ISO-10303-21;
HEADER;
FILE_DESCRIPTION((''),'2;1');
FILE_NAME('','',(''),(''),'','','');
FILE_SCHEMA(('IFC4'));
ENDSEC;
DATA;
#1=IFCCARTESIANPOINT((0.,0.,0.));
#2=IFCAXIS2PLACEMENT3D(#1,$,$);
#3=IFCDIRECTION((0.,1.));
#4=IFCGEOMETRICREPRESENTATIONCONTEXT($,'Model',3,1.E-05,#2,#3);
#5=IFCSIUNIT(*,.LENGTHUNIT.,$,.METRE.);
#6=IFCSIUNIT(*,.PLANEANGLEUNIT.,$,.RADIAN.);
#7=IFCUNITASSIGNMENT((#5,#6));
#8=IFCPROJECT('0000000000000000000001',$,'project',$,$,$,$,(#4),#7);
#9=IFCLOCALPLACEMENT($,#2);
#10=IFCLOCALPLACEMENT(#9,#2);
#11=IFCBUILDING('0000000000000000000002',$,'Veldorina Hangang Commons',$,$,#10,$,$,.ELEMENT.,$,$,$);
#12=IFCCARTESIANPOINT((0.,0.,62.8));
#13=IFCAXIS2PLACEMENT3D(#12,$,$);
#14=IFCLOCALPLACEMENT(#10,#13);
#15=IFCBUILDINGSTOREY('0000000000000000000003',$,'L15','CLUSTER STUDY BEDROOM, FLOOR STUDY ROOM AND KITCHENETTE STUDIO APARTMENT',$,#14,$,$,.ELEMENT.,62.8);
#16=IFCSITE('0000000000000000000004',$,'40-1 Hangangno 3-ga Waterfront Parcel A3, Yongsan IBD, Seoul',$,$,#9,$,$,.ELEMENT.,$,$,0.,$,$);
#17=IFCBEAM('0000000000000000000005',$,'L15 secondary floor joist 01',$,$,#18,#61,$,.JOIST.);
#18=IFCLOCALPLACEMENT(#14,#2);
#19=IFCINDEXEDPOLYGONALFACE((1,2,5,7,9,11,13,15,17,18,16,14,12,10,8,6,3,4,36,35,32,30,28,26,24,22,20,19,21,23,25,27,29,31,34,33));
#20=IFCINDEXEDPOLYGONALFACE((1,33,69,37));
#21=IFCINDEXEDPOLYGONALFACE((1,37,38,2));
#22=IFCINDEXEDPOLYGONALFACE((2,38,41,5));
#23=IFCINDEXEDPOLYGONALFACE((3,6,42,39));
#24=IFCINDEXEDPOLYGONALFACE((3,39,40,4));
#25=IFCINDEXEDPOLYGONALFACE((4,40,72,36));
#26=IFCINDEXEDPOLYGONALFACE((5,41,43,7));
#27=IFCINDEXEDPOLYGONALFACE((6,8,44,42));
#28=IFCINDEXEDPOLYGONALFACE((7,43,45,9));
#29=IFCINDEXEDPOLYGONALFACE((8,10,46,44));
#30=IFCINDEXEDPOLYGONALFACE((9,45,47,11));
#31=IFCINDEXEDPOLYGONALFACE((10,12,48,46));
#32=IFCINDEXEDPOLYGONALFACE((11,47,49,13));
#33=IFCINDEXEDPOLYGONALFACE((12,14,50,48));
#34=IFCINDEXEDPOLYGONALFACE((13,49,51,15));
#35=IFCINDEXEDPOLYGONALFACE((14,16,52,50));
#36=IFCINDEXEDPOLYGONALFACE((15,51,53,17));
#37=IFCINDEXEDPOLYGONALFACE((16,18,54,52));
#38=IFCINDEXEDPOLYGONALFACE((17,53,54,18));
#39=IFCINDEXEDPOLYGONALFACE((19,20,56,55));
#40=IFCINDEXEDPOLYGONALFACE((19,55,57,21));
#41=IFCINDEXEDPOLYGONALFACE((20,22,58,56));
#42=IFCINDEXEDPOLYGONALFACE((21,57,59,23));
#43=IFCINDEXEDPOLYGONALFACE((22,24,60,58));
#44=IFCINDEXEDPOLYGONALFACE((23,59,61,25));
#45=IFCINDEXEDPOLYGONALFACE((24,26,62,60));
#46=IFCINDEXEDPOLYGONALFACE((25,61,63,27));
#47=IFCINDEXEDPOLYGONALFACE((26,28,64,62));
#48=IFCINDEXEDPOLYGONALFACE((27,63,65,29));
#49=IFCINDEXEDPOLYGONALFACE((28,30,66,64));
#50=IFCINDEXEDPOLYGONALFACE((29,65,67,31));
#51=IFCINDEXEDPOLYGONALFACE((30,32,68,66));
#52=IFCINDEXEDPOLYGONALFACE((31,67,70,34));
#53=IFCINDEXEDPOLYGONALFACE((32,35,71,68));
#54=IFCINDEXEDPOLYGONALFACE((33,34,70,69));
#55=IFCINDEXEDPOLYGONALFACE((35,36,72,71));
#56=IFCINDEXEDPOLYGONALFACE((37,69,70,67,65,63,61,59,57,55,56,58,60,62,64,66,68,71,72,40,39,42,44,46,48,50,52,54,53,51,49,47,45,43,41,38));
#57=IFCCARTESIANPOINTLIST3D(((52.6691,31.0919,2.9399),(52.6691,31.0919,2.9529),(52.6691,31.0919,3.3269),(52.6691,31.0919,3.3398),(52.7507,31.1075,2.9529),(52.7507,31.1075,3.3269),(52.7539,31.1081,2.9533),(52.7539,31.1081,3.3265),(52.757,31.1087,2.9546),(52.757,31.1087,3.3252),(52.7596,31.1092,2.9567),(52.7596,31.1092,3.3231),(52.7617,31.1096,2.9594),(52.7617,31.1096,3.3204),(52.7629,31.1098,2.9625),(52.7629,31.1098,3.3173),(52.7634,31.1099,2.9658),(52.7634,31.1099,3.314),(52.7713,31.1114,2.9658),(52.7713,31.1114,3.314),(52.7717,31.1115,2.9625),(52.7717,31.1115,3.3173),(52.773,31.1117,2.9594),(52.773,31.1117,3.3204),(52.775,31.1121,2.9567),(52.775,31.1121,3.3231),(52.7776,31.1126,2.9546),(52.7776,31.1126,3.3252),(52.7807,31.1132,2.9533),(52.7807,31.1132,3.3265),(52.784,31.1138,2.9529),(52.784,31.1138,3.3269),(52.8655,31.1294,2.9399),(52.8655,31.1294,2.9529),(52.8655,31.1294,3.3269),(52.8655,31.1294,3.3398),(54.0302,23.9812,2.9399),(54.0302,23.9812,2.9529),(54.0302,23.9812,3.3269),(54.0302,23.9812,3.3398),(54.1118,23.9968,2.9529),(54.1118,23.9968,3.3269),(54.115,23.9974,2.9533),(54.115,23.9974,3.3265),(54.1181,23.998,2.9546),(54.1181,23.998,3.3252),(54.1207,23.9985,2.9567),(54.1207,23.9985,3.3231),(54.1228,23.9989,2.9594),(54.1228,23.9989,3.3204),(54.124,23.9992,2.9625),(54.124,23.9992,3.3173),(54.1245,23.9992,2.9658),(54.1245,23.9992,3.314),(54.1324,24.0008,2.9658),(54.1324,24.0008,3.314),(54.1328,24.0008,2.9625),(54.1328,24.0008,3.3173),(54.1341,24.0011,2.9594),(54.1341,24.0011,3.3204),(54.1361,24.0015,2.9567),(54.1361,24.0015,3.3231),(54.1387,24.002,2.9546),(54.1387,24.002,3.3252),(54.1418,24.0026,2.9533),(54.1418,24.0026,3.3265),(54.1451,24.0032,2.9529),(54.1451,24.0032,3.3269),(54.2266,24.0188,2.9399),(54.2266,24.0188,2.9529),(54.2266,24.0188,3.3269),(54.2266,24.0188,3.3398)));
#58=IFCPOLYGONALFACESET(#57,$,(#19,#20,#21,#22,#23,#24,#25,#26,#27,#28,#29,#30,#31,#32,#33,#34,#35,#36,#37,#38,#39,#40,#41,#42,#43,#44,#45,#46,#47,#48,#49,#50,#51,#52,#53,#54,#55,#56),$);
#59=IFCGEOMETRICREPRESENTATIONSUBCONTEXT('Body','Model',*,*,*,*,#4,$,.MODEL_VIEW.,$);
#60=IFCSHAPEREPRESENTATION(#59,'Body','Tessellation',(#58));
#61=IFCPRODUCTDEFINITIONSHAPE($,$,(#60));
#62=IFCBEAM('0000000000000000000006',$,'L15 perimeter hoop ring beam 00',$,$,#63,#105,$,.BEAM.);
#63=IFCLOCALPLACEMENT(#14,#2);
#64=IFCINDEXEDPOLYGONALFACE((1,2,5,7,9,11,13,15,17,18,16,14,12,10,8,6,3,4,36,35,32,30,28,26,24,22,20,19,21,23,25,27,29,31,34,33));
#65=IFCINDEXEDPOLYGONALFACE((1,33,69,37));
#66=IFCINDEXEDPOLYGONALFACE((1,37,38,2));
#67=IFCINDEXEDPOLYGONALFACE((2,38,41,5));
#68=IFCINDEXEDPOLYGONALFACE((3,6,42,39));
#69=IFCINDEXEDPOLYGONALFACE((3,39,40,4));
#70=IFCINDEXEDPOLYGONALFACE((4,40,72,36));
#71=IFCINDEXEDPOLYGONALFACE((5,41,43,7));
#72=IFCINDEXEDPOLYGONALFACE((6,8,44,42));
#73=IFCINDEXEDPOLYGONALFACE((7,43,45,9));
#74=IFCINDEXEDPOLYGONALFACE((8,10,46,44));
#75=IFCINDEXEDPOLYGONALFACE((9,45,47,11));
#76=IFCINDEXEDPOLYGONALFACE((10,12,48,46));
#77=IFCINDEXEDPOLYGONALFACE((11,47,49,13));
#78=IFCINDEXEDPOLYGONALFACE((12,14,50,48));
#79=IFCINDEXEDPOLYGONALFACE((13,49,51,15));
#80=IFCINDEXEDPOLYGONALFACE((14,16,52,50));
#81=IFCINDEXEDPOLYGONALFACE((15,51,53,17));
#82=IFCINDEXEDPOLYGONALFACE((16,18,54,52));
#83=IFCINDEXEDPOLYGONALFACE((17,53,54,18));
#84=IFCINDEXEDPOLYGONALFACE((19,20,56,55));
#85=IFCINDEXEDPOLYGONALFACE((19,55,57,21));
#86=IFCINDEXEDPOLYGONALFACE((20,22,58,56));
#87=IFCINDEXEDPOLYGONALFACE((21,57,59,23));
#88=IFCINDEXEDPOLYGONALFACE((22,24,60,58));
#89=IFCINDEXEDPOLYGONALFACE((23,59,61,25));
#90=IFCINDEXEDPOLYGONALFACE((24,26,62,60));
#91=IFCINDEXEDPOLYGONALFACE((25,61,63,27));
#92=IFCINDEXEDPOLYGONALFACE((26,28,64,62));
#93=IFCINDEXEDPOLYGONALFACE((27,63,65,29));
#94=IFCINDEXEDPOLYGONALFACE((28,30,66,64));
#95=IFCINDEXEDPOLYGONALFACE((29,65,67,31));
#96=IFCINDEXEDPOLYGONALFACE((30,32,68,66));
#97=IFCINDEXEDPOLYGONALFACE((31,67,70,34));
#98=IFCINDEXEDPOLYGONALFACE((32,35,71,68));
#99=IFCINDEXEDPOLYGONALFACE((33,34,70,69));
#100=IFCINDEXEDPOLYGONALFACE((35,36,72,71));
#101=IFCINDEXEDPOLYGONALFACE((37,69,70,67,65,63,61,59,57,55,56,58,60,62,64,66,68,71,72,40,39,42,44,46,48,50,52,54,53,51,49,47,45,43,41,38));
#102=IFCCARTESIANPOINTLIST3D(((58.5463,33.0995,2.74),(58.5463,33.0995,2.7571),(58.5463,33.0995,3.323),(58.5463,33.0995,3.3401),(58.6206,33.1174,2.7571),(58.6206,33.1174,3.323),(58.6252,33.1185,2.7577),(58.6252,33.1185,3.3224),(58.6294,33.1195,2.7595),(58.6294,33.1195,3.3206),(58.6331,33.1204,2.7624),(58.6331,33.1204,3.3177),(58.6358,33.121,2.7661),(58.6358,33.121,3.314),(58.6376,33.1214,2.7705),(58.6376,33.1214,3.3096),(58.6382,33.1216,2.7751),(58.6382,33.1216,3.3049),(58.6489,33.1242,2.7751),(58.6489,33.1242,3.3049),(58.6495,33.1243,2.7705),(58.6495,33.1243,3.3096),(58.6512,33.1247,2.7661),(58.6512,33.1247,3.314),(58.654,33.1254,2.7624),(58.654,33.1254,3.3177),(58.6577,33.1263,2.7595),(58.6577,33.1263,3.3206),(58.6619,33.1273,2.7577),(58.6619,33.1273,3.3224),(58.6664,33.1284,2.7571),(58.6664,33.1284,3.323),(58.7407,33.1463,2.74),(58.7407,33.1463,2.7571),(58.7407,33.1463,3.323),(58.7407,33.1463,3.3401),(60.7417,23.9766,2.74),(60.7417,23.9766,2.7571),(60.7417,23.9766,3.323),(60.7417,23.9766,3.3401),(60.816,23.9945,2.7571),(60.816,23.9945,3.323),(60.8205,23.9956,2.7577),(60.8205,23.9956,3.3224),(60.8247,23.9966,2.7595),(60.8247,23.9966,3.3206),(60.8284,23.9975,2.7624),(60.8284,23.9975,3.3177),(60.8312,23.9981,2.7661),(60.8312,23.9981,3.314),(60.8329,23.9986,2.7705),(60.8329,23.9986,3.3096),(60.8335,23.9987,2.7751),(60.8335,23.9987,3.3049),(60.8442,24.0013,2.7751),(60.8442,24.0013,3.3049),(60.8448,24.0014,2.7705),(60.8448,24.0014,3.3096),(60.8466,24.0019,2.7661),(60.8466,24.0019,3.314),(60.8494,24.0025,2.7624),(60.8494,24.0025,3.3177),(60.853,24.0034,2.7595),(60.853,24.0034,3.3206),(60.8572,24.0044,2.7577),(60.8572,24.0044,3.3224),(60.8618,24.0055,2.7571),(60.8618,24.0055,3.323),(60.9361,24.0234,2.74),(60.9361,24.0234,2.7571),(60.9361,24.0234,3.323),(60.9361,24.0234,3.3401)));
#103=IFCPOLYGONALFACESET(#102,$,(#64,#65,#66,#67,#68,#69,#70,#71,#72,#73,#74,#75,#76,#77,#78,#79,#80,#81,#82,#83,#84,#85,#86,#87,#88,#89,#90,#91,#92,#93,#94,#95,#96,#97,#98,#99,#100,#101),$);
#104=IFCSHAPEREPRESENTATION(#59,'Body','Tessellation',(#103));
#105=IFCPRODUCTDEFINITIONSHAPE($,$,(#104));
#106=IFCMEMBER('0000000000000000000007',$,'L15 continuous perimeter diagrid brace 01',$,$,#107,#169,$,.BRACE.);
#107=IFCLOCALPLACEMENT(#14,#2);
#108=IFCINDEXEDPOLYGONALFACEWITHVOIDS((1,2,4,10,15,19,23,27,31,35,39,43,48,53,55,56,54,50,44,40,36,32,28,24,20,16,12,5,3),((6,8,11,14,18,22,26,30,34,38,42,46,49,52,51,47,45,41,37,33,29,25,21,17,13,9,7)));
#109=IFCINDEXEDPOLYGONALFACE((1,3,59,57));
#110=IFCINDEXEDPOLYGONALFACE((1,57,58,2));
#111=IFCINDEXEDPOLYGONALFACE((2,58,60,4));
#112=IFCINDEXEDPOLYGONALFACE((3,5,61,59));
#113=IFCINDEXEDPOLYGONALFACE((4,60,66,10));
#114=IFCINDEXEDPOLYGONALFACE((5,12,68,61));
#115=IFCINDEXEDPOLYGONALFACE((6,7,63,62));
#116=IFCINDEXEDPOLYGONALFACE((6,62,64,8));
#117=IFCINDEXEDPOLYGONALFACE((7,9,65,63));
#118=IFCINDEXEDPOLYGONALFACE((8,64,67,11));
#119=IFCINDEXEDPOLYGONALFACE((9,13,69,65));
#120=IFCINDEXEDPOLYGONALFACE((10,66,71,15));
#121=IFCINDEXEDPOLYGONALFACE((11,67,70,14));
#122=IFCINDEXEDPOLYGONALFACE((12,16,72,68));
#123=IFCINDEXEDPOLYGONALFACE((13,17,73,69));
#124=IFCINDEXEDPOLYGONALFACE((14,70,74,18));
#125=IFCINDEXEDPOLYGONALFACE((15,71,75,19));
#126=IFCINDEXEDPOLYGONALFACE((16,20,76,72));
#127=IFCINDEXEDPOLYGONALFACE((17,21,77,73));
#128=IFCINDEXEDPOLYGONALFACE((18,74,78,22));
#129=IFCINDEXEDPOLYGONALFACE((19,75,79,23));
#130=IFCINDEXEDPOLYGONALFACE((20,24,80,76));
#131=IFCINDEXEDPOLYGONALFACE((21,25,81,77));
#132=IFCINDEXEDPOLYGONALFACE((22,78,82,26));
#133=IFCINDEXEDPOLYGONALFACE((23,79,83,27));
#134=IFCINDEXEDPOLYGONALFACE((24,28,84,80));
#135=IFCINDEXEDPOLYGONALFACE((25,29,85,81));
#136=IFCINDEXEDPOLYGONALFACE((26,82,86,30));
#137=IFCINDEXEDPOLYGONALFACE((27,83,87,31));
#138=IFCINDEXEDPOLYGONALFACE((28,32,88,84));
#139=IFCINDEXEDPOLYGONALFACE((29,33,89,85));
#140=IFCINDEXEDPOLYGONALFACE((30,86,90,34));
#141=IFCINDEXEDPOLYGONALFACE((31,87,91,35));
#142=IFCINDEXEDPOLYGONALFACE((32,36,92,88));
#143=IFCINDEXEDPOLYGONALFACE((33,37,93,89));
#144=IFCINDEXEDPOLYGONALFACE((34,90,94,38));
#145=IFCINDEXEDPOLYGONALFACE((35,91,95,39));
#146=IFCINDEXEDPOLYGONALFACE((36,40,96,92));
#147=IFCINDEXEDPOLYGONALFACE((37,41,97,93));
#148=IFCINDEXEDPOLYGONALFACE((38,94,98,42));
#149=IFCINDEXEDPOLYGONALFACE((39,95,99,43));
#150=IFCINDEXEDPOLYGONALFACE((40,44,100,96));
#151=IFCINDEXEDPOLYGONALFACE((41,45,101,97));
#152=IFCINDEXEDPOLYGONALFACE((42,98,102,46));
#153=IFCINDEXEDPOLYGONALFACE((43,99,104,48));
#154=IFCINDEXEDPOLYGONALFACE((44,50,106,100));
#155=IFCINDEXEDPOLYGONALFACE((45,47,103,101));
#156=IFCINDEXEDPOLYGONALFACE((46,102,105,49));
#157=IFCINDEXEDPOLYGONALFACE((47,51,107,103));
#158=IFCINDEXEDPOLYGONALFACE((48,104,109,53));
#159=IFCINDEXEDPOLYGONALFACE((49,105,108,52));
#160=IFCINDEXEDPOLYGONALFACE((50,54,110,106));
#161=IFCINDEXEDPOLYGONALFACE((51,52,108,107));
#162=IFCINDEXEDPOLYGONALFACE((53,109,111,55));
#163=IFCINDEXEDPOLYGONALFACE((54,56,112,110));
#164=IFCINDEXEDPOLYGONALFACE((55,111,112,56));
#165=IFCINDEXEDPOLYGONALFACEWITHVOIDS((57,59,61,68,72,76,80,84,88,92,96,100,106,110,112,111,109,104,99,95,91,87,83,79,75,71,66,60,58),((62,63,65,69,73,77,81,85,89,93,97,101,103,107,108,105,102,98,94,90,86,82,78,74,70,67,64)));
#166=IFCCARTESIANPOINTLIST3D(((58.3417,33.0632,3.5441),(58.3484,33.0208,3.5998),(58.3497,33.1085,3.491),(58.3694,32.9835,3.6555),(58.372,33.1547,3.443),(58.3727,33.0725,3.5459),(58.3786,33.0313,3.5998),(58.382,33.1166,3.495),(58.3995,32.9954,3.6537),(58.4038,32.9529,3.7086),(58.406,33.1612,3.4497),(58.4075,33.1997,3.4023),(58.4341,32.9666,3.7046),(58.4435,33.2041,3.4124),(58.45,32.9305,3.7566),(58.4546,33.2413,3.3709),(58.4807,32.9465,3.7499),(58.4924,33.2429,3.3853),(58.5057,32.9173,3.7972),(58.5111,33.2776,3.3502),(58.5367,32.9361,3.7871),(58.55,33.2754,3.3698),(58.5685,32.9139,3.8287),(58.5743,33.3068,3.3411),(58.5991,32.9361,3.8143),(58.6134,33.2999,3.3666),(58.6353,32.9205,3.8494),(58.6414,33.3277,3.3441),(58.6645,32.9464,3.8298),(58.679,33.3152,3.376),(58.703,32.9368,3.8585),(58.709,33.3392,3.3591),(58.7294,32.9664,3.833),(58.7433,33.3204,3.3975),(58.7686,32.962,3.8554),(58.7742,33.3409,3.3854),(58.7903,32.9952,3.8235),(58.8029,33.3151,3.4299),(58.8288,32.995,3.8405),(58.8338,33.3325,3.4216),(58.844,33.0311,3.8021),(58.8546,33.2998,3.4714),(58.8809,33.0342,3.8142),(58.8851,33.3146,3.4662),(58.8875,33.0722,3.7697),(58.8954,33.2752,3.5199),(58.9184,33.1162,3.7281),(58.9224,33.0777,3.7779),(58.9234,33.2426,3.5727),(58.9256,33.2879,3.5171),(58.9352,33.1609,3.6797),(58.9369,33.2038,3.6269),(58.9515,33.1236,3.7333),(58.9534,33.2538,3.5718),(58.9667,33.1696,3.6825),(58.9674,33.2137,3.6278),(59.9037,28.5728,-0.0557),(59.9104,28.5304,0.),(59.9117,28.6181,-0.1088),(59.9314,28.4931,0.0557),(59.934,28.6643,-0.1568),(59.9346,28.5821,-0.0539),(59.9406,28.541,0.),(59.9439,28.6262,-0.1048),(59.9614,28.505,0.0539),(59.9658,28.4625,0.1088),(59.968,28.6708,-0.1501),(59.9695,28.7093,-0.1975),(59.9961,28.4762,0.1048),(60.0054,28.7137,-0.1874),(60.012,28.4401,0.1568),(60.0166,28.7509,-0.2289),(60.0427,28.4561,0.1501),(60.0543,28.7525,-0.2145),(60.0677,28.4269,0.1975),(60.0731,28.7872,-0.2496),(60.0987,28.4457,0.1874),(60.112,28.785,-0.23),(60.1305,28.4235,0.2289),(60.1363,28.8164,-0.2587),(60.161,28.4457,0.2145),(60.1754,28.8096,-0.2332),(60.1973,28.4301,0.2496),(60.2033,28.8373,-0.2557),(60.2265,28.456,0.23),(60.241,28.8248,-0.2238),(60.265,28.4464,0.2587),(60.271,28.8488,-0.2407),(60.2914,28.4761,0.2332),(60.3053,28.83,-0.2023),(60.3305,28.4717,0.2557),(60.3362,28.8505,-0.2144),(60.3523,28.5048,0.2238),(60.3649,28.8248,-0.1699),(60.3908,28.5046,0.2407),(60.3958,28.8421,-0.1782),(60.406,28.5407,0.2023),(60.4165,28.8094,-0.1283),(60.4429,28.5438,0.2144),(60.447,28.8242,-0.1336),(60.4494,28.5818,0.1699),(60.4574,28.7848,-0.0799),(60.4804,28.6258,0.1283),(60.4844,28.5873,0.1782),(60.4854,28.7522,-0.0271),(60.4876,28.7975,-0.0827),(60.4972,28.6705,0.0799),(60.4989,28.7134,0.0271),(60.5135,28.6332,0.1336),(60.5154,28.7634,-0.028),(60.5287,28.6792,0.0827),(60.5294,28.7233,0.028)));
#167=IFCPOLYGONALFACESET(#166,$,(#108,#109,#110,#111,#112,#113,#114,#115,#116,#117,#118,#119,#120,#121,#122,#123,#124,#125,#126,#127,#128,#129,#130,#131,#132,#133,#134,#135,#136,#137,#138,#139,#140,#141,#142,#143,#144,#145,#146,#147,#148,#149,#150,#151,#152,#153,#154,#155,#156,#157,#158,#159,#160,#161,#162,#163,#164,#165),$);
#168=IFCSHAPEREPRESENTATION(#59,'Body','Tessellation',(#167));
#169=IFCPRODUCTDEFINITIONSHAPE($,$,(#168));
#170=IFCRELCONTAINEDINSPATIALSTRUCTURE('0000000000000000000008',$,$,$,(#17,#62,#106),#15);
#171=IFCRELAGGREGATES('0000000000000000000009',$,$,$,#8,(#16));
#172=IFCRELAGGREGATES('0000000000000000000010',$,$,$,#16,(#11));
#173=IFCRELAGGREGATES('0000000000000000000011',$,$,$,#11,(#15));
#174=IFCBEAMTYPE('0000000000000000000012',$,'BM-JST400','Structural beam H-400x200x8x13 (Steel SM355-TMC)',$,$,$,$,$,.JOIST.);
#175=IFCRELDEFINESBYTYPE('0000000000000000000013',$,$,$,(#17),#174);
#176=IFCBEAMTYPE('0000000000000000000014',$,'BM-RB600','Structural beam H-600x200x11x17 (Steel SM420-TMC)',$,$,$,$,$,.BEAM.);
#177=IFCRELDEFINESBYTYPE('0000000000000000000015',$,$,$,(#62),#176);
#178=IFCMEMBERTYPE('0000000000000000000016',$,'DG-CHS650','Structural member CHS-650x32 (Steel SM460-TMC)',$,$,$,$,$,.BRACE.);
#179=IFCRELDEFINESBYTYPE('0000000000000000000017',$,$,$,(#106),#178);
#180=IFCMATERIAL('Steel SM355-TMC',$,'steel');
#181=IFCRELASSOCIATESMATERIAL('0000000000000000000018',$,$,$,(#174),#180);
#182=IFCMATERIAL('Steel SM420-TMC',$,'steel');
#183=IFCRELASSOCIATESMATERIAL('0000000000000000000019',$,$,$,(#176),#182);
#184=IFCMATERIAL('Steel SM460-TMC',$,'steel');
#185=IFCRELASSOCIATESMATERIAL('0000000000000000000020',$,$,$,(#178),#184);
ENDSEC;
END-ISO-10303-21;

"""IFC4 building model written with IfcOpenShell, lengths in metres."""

from ifc_helpers import new_model, si_unit, direction, frame, origin, origin_2d, place, context, subcontext, project, spatial, hollow_circle, i_section, extrude, material, material_profile, profile_set, type_object, element, save


model = new_model("IFC4")

# Units and contexts
model_context = context("Model", 3, precision=1e-05, world=origin(), true_north=direction((0.0, 1.0)))
body_context = subcontext(model_context, "Body", "Model", "MODEL_VIEW")
ifc_project = project(units=[si_unit("LENGTHUNIT", "METRE"), si_unit("PLANEANGLEUNIT", "RADIAN")], contexts=[model_context])

# Site, building, storey
site_placement = place(None, origin())
site = spatial("IfcSite", under=ifc_project, at=site_placement, Name="40-1 Hangangno 3-ga Waterfront Parcel A3, Yongsan IBD, Seoul", CompositionType="ELEMENT", RefElevation=0.0)
building_placement = place(site_placement, origin())
building = spatial("IfcBuilding", under=site, at=building_placement, Name="Veldorina Hangang Commons", CompositionType="ELEMENT")
storey_placement = place(building_placement, frame((0.0, 0.0, 62.8)))
storey = spatial("IfcBuildingStorey", under=building, at=storey_placement, Name="L15", Description="CLUSTER STUDY BEDROOM, FLOOR STUDY ROOM AND KITCHENETTE STUDIO APARTMENT", CompositionType="ELEMENT", Elevation=62.8)

# Beams
ifc_material_1 = material(Name="Steel SM355-TMC", Category="steel")
ifc_material_profile_1 = material_profile(ifc_material_1, i_section(OverallWidth=0.2, OverallDepth=0.3999, WebThickness=0.0081, FlangeThickness=0.0129, FilletRadius=0.0129, at=origin_2d()), Name="H-400x200x8x13")
ifc_profile_set_1 = profile_set([ifc_material_profile_1], Name="Steel SM355-TMC")
beam_type_1 = type_object("IfcBeamType", Name="BM-JST400", Description="Structural beam H-400x200x8x13 (Steel SM355-TMC)", PredefinedType="JOIST", material=ifc_profile_set_1)
beam_1_placement = place(storey_placement, frame((54.1284, 24.0, 3.1399), z_axis=(-0.188003, 0.982168, 0.0), x_axis=(-0.982168, -0.188003, 0.0)))
element("IfcBeam", 1, at=beam_1_placement, inside=storey, type_object=beam_type_1, Name="L15 secondary floor joist 01", PredefinedType="JOIST", context=body_context, shape_type="SweptSolid", body=[
    extrude(i_section(OverallWidth=0.2, OverallDepth=0.3999, WebThickness=0.0081, FlangeThickness=0.0129, FilletRadius=0.0129, at=origin_2d()), origin(), (0.0, 0.0, 1.0), 7.2397),
])
ifc_material_2 = material(Name="Steel SM420-TMC", Category="steel")
ifc_material_profile_2 = material_profile(ifc_material_2, i_section(OverallWidth=0.2, OverallDepth=0.6001, WebThickness=0.011, FlangeThickness=0.0171, FilletRadius=0.0181, at=origin_2d()), Name="H-600x200x11x17")
ifc_profile_set_2 = profile_set([ifc_material_profile_2], Name="Steel SM420-TMC")
beam_type_2 = type_object("IfcBeamType", Name="BM-RB600", Description="Structural beam H-600x200x11x17 (Steel SM420-TMC)", PredefinedType="BEAM", material=ifc_profile_set_2)
beam_2_placement = place(storey_placement, frame((60.8389, 24.0, 3.04), z_axis=(-0.233961, 0.972246, 0.0), x_axis=(-0.972246, -0.233961, 0.0)))
element("IfcBeam", 2, at=beam_2_placement, inside=storey, type_object=beam_type_2, Name="L15 perimeter hoop ring beam 00", PredefinedType="BEAM", context=body_context, shape_type="SweptSolid", body=[
    extrude(i_section(OverallWidth=0.2, OverallDepth=0.6001, WebThickness=0.011, FlangeThickness=0.0171, FilletRadius=0.0181, at=origin_2d()), origin(), (0.0, 0.0, 1.0), 9.3833),
])

# Member
ifc_material_3 = material(Name="Steel SM460-TMC", Category="steel")
ifc_material_profile_3 = material_profile(ifc_material_3, hollow_circle(Radius=0.325, WallThickness=0.032, at=origin_2d()), Name="CHS-650x32")
ifc_profile_set_3 = profile_set([ifc_material_profile_3], Name="Steel SM460-TMC")
member_type = type_object("IfcMemberType", Name="DG-CHS650", Description="Structural member CHS-650x32 (Steel SM460-TMC)", PredefinedType="BRACE", material=ifc_profile_set_3)
member_1_placement = place(storey_placement, frame((60.2173, 28.6372, 0.0), z_axis=(-0.261929, 0.752995, 0.603649), x_axis=(-0.94449, -0.328541, 0.0)))
element("IfcMember", 3, at=member_1_placement, inside=storey, type_object=member_type, Name="L15 continuous perimeter diagrid brace 01", PredefinedType="BRACE", context=body_context, shape_type="SweptSolid", body=[
    extrude(hollow_circle(Radius=0.325, WallThickness=0.032, at=origin_2d()), origin(), (0.0, 0.0, 1.0), 5.9634),
])

save(model, "model.ifc")
